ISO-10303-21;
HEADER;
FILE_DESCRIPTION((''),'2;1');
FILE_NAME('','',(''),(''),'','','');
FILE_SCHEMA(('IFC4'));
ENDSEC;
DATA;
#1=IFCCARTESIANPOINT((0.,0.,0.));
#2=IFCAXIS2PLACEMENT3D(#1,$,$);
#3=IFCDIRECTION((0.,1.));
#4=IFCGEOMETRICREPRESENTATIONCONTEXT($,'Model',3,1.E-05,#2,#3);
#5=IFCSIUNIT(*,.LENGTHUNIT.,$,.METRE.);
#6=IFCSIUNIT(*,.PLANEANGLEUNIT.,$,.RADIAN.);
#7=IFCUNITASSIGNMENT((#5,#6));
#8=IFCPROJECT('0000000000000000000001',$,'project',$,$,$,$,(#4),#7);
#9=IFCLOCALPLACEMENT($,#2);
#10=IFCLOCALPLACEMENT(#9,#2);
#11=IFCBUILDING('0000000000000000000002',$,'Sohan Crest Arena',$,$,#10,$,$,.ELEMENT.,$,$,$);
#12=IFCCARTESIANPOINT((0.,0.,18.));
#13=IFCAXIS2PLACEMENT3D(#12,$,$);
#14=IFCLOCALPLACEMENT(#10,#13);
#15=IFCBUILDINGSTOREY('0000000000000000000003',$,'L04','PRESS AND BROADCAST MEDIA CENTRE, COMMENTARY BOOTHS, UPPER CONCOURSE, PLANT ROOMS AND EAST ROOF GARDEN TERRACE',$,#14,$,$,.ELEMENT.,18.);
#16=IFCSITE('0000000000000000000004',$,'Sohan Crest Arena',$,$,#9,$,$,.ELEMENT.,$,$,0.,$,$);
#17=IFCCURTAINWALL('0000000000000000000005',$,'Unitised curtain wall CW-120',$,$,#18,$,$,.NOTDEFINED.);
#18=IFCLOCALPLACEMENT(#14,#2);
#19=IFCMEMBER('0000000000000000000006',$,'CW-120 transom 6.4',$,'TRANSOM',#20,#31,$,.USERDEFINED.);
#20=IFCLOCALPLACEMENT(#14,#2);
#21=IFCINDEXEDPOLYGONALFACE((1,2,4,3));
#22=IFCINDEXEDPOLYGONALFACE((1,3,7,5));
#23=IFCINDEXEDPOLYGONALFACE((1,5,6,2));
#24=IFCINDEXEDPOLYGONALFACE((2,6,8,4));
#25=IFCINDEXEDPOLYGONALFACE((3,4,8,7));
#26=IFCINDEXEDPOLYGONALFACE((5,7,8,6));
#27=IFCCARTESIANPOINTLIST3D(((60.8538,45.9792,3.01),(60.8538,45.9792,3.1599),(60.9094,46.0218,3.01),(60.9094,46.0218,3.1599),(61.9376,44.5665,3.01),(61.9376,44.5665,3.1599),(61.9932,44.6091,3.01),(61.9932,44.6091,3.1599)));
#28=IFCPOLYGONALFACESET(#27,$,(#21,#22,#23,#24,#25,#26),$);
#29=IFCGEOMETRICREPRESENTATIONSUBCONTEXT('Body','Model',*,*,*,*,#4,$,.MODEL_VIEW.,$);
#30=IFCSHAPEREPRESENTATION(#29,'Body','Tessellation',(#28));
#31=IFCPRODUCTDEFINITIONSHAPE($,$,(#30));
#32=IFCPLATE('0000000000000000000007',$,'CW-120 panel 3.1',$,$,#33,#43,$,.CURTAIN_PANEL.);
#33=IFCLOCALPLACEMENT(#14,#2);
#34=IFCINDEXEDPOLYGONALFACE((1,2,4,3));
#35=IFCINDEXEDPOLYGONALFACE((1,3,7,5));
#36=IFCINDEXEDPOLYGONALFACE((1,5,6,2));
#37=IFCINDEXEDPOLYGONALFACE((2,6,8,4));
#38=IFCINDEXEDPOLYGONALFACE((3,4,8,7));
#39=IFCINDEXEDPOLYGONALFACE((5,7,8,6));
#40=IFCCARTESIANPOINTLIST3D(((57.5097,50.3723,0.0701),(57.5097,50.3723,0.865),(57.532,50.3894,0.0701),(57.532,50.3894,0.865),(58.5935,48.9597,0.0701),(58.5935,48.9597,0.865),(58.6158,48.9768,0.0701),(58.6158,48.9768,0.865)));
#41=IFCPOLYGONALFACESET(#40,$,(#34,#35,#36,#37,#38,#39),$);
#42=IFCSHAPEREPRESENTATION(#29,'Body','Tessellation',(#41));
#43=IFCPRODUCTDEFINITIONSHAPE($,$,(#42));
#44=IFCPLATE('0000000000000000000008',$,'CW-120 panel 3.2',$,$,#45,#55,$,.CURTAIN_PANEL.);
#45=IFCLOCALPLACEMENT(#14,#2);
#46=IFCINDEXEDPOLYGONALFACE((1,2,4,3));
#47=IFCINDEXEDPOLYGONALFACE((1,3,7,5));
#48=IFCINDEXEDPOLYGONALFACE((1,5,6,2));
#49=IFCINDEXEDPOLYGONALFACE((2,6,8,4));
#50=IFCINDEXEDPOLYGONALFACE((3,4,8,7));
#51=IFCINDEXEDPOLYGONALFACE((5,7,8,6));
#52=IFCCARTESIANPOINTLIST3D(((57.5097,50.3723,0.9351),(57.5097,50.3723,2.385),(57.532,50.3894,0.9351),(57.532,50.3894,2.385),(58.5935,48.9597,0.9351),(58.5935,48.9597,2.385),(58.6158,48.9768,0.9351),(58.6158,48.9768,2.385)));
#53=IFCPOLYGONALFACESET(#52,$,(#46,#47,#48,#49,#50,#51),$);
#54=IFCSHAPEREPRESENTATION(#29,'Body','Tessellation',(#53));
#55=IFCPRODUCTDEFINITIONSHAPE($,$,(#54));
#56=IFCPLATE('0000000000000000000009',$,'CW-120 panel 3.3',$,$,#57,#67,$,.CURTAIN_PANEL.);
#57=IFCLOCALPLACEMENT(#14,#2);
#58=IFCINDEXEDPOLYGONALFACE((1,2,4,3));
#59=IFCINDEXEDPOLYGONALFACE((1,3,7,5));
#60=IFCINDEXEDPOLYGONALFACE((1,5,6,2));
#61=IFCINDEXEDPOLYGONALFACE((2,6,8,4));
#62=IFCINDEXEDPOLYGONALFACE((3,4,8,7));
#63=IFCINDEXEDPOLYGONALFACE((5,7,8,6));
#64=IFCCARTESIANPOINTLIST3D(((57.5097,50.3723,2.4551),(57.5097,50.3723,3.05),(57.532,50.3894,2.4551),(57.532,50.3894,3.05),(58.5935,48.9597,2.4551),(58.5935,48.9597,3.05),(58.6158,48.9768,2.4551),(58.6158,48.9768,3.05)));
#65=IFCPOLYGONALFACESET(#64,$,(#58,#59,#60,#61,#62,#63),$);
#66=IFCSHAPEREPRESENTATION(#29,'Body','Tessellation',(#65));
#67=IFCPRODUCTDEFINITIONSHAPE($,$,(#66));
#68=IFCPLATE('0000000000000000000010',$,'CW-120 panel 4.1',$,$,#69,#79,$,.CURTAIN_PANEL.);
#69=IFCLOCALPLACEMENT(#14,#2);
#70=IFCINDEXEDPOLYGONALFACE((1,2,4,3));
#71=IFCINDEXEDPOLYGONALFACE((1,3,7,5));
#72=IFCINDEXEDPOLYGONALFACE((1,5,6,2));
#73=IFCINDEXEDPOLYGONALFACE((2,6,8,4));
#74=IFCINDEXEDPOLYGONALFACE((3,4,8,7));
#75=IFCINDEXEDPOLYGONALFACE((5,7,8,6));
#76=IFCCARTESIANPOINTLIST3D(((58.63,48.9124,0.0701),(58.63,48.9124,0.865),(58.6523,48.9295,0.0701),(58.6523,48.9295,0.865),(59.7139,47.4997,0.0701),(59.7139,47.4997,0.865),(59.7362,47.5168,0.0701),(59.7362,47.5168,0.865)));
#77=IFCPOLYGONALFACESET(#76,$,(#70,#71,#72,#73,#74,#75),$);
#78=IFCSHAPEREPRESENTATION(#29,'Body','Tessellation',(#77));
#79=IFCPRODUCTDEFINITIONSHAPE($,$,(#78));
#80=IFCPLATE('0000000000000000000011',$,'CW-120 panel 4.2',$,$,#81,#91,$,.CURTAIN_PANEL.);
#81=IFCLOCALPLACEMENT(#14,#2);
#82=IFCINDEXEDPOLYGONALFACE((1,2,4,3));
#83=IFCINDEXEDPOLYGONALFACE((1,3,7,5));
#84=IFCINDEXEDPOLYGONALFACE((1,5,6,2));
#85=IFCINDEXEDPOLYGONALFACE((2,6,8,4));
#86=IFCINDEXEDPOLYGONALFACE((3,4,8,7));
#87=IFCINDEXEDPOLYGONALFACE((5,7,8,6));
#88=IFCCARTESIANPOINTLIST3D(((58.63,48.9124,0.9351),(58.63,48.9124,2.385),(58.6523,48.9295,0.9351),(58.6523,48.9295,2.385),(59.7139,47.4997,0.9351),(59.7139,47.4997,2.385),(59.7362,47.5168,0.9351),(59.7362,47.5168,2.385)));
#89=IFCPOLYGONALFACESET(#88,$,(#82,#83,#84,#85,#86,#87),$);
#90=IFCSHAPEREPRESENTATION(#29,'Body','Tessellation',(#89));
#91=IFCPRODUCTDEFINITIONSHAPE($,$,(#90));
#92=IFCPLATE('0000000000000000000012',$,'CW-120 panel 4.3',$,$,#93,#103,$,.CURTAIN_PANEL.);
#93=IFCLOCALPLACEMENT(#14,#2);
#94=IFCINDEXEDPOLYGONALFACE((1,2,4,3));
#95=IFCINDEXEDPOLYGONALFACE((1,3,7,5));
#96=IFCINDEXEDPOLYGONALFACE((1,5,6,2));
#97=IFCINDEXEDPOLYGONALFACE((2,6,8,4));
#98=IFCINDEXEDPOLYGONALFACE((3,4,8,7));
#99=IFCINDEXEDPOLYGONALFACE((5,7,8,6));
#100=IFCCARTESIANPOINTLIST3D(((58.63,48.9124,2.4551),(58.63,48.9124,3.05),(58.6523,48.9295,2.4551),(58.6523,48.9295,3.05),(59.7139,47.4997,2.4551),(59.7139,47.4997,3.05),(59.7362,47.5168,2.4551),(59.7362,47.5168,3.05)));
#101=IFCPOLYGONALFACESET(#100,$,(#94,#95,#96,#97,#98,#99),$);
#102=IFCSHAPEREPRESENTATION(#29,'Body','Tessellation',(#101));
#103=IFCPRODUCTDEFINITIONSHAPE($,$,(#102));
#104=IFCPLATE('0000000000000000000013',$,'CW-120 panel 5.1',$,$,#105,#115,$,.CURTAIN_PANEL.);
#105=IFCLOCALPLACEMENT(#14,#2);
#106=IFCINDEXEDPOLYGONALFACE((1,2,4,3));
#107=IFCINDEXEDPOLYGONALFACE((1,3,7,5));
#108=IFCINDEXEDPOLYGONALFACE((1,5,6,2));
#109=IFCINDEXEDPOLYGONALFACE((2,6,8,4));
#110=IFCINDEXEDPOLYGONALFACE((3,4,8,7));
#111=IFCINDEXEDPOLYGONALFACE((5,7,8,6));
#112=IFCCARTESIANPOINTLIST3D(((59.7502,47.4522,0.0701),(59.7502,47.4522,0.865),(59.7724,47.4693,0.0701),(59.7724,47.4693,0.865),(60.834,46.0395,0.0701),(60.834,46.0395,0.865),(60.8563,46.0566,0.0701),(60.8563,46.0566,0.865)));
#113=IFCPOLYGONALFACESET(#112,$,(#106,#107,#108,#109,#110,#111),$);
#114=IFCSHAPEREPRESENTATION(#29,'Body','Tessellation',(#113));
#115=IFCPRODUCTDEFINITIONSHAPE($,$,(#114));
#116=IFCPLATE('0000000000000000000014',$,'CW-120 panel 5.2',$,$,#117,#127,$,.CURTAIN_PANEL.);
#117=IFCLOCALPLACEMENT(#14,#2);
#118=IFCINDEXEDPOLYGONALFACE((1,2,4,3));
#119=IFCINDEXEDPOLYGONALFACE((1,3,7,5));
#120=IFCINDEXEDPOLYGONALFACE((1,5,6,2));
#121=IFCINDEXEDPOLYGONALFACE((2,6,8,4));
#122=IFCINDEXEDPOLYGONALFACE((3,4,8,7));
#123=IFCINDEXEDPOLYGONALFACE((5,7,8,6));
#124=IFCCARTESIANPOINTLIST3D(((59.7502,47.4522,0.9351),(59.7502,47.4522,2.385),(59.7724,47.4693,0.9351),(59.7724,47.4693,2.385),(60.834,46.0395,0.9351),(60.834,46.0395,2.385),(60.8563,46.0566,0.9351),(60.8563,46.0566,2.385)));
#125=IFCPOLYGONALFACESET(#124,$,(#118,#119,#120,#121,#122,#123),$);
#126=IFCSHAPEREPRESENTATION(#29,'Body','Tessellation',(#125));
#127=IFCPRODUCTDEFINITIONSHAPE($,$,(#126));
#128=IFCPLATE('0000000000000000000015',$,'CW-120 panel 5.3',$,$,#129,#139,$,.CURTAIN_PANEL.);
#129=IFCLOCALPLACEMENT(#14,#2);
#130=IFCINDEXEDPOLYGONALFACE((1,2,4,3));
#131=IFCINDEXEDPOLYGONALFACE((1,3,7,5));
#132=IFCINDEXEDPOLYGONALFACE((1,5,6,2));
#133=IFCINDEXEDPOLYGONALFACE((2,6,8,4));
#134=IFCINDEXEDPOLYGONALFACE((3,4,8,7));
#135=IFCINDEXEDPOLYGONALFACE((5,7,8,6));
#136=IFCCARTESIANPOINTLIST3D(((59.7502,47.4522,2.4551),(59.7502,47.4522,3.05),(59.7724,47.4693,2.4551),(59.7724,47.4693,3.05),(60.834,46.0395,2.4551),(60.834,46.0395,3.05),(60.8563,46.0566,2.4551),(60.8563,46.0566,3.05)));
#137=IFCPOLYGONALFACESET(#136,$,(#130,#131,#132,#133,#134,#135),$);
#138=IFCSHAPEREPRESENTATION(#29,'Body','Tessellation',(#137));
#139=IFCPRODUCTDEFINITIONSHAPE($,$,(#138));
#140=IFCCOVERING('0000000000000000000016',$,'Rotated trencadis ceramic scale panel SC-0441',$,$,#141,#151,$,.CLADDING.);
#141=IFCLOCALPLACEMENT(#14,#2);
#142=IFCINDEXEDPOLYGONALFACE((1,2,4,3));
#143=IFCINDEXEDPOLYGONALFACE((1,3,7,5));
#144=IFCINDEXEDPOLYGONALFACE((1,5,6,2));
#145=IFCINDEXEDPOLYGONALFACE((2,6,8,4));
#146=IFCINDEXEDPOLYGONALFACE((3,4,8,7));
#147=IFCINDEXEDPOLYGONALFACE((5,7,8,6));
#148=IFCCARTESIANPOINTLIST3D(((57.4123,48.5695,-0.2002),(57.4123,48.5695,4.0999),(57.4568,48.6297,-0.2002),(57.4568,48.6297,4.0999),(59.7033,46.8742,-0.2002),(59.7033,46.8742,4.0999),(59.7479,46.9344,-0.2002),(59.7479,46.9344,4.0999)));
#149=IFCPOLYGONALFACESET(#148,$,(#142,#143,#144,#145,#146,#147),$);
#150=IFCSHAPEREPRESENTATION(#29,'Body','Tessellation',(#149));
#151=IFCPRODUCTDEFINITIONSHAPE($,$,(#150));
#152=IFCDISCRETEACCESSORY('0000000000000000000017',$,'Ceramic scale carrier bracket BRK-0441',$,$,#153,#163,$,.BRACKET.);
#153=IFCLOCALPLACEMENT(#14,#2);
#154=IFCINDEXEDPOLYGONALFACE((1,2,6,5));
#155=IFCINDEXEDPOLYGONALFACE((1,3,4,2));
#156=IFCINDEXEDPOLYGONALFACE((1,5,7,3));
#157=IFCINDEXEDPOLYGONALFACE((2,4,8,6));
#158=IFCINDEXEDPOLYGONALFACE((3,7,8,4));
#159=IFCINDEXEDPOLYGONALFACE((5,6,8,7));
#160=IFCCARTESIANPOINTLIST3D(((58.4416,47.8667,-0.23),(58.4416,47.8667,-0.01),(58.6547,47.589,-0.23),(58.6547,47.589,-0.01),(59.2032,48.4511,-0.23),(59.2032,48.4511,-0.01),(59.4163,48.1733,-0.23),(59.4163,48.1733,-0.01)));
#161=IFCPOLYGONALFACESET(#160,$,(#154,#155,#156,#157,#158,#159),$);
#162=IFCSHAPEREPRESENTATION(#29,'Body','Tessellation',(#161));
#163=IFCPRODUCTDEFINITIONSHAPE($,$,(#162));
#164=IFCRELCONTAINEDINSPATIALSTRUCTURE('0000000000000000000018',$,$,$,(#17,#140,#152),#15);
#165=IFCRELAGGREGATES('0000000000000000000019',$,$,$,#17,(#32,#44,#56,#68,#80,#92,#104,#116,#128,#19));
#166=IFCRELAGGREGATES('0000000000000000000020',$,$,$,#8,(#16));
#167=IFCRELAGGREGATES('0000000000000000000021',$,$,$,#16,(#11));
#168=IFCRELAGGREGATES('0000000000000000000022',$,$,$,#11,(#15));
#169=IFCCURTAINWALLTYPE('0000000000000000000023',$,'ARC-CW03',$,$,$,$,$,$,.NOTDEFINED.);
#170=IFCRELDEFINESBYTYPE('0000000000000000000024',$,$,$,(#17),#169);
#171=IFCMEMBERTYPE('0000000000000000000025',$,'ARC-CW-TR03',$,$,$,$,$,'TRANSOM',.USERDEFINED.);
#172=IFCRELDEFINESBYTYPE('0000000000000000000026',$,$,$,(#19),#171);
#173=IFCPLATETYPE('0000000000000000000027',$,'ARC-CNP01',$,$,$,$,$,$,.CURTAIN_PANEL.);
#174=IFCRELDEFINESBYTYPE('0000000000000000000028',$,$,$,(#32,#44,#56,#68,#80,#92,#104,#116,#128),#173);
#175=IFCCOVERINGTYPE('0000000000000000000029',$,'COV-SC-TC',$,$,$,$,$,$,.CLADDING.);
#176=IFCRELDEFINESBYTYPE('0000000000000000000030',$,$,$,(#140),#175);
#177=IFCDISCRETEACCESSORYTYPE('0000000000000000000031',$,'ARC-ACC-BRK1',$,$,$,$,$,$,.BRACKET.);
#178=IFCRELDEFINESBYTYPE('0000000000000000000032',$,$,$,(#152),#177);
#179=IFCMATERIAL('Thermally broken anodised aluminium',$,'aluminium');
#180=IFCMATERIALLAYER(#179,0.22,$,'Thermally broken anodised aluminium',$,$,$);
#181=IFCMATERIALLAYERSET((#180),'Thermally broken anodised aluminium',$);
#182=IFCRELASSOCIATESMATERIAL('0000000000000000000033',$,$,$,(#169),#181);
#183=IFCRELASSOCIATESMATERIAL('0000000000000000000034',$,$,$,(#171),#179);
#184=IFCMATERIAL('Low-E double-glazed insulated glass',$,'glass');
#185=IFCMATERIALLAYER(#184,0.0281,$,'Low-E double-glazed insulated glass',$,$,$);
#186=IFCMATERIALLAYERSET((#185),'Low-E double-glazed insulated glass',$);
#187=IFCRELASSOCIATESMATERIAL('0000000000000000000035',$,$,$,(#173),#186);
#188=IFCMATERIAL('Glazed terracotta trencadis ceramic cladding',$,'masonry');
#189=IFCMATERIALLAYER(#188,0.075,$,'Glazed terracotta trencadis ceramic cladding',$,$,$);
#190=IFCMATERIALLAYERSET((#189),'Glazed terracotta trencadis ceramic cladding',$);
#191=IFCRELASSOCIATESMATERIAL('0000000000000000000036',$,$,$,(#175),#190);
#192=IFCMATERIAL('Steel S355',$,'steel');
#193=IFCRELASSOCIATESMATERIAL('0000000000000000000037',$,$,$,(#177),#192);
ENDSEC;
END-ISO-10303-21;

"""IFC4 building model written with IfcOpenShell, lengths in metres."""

from ifc_helpers import new_model, si_unit, direction, frame, origin, origin_2d, place, context, subcontext, project, spatial, rectangle, extrude, material, layer, layer_set, material_profile, profile_set, type_object, element, aggregate, save


model = new_model("IFC4")

# Units and contexts
model_context = context("Model", 3, precision=1e-05, world=origin(), true_north=direction((0.0, 1.0)))
body_context = subcontext(model_context, "Body", "Model", "MODEL_VIEW")
ifc_project = project(units=[si_unit("LENGTHUNIT", "METRE"), si_unit("PLANEANGLEUNIT", "RADIAN")], contexts=[model_context])

# Site, building, storey
site_placement = place(None, origin())
site = spatial("IfcSite", under=ifc_project, at=site_placement, Name="Sohan Crest Arena", CompositionType="ELEMENT", RefElevation=0.0)
building_placement = place(site_placement, origin())
building = spatial("IfcBuilding", under=site, at=building_placement, Name="Sohan Crest Arena", CompositionType="ELEMENT")
storey_placement = place(building_placement, frame((0.0, 0.0, 18.0)))
storey = spatial("IfcBuildingStorey", under=building, at=storey_placement, Name="L04", Description="PRESS AND BROADCAST MEDIA CENTRE, COMMENTARY BOOTHS, UPPER CONCOURSE, PLANT ROOMS AND EAST ROOF GARDEN TERRACE", CompositionType="ELEMENT", Elevation=18.0)

# Curtain wall, member, plates
ifc_material_1 = material(Name="Thermally broken anodised aluminium", Category="aluminium")
ifc_layer_1 = layer(ifc_material_1, 0.22, Name="Thermally broken anodised aluminium")
ifc_layer_set_1 = layer_set([ifc_layer_1], Name="Thermally broken anodised aluminium")
curtain_wall_type = type_object("IfcCurtainWallType", Name="ARC-CW03", PredefinedType="NOTDEFINED", material=ifc_layer_set_1)
curtain_wall_placement = place(storey_placement, origin())
curtain_wall = element("IfcCurtainWall", 1, at=curtain_wall_placement, inside=storey, type_object=curtain_wall_type, Name="Unitised curtain wall CW-120", PredefinedType="NOTDEFINED")
ifc_material_profile_1 = material_profile(ifc_material_1, rectangle(XDim=0.0701, YDim=0.1499, at=origin_2d()), Name="ALU-TRAN 70x150")
ifc_profile_set_1 = profile_set([ifc_material_profile_1], Name="Thermally broken anodised aluminium")
member_type_1 = type_object("IfcMemberType", Name="ARC-CW-TR03", ElementType="TRANSOM", PredefinedType="USERDEFINED", material=ifc_profile_set_1)
member_1_placement = place(storey_placement, frame((60.8816, 46.0005, 3.085), z_axis=(0.608696, -0.793403, 0.0), x_axis=(0.793403, 0.608696, 0.0)))
member_1 = element("IfcMember", 2, at=member_1_placement, type_object=member_type_1, Name="CW-120 transom 6.4", ObjectType="TRANSOM", PredefinedType="USERDEFINED", context=body_context, shape_type="SweptSolid", body=[
    extrude(rectangle(XDim=0.0701, YDim=0.1499, at=origin_2d()), origin(), (0.0, 0.0, 1.0), 1.7805),
])
ifc_material_2 = material(Name="Low-E double-glazed insulated glass", Category="glass")
ifc_layer_2 = layer(ifc_material_2, 0.0281, Name="Low-E double-glazed insulated glass")
ifc_layer_set_2 = layer_set([ifc_layer_2], Name="Low-E double-glazed insulated glass")
plate_type = type_object("IfcPlateType", Name="ARC-CNP01", PredefinedType="CURTAIN_PANEL", material=ifc_layer_set_2)
plate_1_placement = place(storey_placement, frame((58.0627, 49.6746, 0.0701), z_axis=(0.0, 0.0, 1.0), x_axis=(0.60872, -0.793385, 0.0)))
plate_1 = element("IfcPlate", 3, at=plate_1_placement, type_object=plate_type, Name="CW-120 panel 3.1", PredefinedType="CURTAIN_PANEL", context=body_context, shape_type="SweptSolid", body=[
    extrude(rectangle(XDim=1.7805, YDim=0.0281, at=origin_2d()), origin(), (0.0, 0.0, 1.0), 0.7949),
])
plate_2_placement = place(storey_placement, frame((58.0627, 49.6746, 0.9351), z_axis=(0.0, 0.0, 1.0), x_axis=(0.60872, -0.793385, 0.0)))
plate_2 = element("IfcPlate", 4, at=plate_2_placement, type_object=plate_type, Name="CW-120 panel 3.2", PredefinedType="CURTAIN_PANEL", context=body_context, shape_type="SweptSolid", body=[
    extrude(rectangle(XDim=1.7805, YDim=0.0281, at=origin_2d()), origin(), (0.0, 0.0, 1.0), 1.45),
])
plate_3_placement = place(storey_placement, frame((58.0627, 49.6746, 2.4551), z_axis=(0.0, 0.0, 1.0), x_axis=(0.60872, -0.793385, 0.0)))
plate_3 = element("IfcPlate", 5, at=plate_3_placement, type_object=plate_type, Name="CW-120 panel 3.3", PredefinedType="CURTAIN_PANEL", context=body_context, shape_type="SweptSolid", body=[
    extrude(rectangle(XDim=1.7805, YDim=0.0281, at=origin_2d()), origin(), (0.0, 0.0, 1.0), 0.595),
])
plate_4_placement = place(storey_placement, frame((59.1831, 48.2146, 0.0701), z_axis=(0.0, 0.0, 1.0), x_axis=(0.60872, -0.793385, 0.0)))
plate_4 = element("IfcPlate", 6, at=plate_4_placement, type_object=plate_type, Name="CW-120 panel 4.1", PredefinedType="CURTAIN_PANEL", context=body_context, shape_type="SweptSolid", body=[
    extrude(rectangle(XDim=1.7805, YDim=0.0281, at=origin_2d()), origin(), (0.0, 0.0, 1.0), 0.7949),
])
plate_5_placement = place(storey_placement, frame((59.1831, 48.2146, 0.9351), z_axis=(0.0, 0.0, 1.0), x_axis=(0.60872, -0.793385, 0.0)))
plate_5 = element("IfcPlate", 7, at=plate_5_placement, type_object=plate_type, Name="CW-120 panel 4.2", PredefinedType="CURTAIN_PANEL", context=body_context, shape_type="SweptSolid", body=[
    extrude(rectangle(XDim=1.7805, YDim=0.0281, at=origin_2d()), origin(), (0.0, 0.0, 1.0), 1.45),
])
plate_6_placement = place(storey_placement, frame((59.1831, 48.2146, 2.4551), z_axis=(0.0, 0.0, 1.0), x_axis=(0.60872, -0.793385, 0.0)))
plate_6 = element("IfcPlate", 8, at=plate_6_placement, type_object=plate_type, Name="CW-120 panel 4.3", PredefinedType="CURTAIN_PANEL", context=body_context, shape_type="SweptSolid", body=[
    extrude(rectangle(XDim=1.7805, YDim=0.0281, at=origin_2d()), origin(), (0.0, 0.0, 1.0), 0.595),
])
plate_7_placement = place(storey_placement, frame((60.3032, 46.7544, 0.0701), z_axis=(0.0, 0.0, 1.0), x_axis=(0.60872, -0.793385, 0.0)))
plate_7 = element("IfcPlate", 9, at=plate_7_placement, type_object=plate_type, Name="CW-120 panel 5.1", PredefinedType="CURTAIN_PANEL", context=body_context, shape_type="SweptSolid", body=[
    extrude(rectangle(XDim=1.7805, YDim=0.0281, at=origin_2d()), origin(), (0.0, 0.0, 1.0), 0.7949),
])
plate_8_placement = place(storey_placement, frame((60.3032, 46.7544, 0.9351), z_axis=(0.0, 0.0, 1.0), x_axis=(0.60872, -0.793385, 0.0)))
plate_8 = element("IfcPlate", 10, at=plate_8_placement, type_object=plate_type, Name="CW-120 panel 5.2", PredefinedType="CURTAIN_PANEL", context=body_context, shape_type="SweptSolid", body=[
    extrude(rectangle(XDim=1.7805, YDim=0.0281, at=origin_2d()), origin(), (0.0, 0.0, 1.0), 1.45),
])
plate_9_placement = place(storey_placement, frame((60.3032, 46.7544, 2.4551), z_axis=(0.0, 0.0, 1.0), x_axis=(0.60872, -0.793385, 0.0)))
plate_9 = element("IfcPlate", 11, at=plate_9_placement, type_object=plate_type, Name="CW-120 panel 5.3", PredefinedType="CURTAIN_PANEL", context=body_context, shape_type="SweptSolid", body=[
    extrude(rectangle(XDim=1.7805, YDim=0.0281, at=origin_2d()), origin(), (0.0, 0.0, 1.0), 0.595),
])
aggregate(curtain_wall, [plate_1, plate_2, plate_3, plate_4, plate_5, plate_6, plate_7, plate_8, plate_9, member_1])

# Covering
ifc_material_3 = material(Name="Glazed terracotta trencadis ceramic cladding", Category="masonry")
ifc_layer_3 = layer(ifc_material_3, 0.075, Name="Glazed terracotta trencadis ceramic cladding")
ifc_layer_set_3 = layer_set([ifc_layer_3], Name="Glazed terracotta trencadis ceramic cladding")
covering_type = type_object("IfcCoveringType", Name="COV-SC-TC", PredefinedType="CLADDING", material=ifc_layer_set_3)
covering_placement = place(storey_placement, frame((58.5801, 47.752, -0.2002), z_axis=(0.0, 0.0, 1.0), x_axis=(0.803857, -0.594823, 0.0)))
element("IfcCovering", 12, at=covering_placement, inside=storey, type_object=covering_type, Name="Rotated trencadis ceramic scale panel SC-0441", PredefinedType="CLADDING", context=body_context, shape_type="SweptSolid", body=[
    extrude(rectangle(XDim=2.8501, YDim=0.075, at=origin_2d()), origin(), (0.0, 0.0, 1.0), 4.3),
])

# Discrete accessory
ifc_material_4 = material(Name="Steel S355", Category="steel")
discrete_accessory_type = type_object("IfcDiscreteAccessoryType", Name="ARC-ACC-BRK1", PredefinedType="BRACKET", material=ifc_material_4)
discrete_accessory_placement = place(storey_placement, frame((58.929, 48.02, -0.23), z_axis=(0.0, 0.0, 1.0), x_axis=(0.608761, -0.793353, 0.0)))
element("IfcDiscreteAccessory", 13, at=discrete_accessory_placement, inside=storey, type_object=discrete_accessory_type, Name="Ceramic scale carrier bracket BRK-0441", PredefinedType="BRACKET", context=body_context, shape_type="SweptSolid", body=[
    extrude(rectangle(XDim=0.3501, YDim=0.96, at=origin_2d()), origin(), (0.0, 0.0, 1.0), 0.22),
])

save(model, "model.ifc")
